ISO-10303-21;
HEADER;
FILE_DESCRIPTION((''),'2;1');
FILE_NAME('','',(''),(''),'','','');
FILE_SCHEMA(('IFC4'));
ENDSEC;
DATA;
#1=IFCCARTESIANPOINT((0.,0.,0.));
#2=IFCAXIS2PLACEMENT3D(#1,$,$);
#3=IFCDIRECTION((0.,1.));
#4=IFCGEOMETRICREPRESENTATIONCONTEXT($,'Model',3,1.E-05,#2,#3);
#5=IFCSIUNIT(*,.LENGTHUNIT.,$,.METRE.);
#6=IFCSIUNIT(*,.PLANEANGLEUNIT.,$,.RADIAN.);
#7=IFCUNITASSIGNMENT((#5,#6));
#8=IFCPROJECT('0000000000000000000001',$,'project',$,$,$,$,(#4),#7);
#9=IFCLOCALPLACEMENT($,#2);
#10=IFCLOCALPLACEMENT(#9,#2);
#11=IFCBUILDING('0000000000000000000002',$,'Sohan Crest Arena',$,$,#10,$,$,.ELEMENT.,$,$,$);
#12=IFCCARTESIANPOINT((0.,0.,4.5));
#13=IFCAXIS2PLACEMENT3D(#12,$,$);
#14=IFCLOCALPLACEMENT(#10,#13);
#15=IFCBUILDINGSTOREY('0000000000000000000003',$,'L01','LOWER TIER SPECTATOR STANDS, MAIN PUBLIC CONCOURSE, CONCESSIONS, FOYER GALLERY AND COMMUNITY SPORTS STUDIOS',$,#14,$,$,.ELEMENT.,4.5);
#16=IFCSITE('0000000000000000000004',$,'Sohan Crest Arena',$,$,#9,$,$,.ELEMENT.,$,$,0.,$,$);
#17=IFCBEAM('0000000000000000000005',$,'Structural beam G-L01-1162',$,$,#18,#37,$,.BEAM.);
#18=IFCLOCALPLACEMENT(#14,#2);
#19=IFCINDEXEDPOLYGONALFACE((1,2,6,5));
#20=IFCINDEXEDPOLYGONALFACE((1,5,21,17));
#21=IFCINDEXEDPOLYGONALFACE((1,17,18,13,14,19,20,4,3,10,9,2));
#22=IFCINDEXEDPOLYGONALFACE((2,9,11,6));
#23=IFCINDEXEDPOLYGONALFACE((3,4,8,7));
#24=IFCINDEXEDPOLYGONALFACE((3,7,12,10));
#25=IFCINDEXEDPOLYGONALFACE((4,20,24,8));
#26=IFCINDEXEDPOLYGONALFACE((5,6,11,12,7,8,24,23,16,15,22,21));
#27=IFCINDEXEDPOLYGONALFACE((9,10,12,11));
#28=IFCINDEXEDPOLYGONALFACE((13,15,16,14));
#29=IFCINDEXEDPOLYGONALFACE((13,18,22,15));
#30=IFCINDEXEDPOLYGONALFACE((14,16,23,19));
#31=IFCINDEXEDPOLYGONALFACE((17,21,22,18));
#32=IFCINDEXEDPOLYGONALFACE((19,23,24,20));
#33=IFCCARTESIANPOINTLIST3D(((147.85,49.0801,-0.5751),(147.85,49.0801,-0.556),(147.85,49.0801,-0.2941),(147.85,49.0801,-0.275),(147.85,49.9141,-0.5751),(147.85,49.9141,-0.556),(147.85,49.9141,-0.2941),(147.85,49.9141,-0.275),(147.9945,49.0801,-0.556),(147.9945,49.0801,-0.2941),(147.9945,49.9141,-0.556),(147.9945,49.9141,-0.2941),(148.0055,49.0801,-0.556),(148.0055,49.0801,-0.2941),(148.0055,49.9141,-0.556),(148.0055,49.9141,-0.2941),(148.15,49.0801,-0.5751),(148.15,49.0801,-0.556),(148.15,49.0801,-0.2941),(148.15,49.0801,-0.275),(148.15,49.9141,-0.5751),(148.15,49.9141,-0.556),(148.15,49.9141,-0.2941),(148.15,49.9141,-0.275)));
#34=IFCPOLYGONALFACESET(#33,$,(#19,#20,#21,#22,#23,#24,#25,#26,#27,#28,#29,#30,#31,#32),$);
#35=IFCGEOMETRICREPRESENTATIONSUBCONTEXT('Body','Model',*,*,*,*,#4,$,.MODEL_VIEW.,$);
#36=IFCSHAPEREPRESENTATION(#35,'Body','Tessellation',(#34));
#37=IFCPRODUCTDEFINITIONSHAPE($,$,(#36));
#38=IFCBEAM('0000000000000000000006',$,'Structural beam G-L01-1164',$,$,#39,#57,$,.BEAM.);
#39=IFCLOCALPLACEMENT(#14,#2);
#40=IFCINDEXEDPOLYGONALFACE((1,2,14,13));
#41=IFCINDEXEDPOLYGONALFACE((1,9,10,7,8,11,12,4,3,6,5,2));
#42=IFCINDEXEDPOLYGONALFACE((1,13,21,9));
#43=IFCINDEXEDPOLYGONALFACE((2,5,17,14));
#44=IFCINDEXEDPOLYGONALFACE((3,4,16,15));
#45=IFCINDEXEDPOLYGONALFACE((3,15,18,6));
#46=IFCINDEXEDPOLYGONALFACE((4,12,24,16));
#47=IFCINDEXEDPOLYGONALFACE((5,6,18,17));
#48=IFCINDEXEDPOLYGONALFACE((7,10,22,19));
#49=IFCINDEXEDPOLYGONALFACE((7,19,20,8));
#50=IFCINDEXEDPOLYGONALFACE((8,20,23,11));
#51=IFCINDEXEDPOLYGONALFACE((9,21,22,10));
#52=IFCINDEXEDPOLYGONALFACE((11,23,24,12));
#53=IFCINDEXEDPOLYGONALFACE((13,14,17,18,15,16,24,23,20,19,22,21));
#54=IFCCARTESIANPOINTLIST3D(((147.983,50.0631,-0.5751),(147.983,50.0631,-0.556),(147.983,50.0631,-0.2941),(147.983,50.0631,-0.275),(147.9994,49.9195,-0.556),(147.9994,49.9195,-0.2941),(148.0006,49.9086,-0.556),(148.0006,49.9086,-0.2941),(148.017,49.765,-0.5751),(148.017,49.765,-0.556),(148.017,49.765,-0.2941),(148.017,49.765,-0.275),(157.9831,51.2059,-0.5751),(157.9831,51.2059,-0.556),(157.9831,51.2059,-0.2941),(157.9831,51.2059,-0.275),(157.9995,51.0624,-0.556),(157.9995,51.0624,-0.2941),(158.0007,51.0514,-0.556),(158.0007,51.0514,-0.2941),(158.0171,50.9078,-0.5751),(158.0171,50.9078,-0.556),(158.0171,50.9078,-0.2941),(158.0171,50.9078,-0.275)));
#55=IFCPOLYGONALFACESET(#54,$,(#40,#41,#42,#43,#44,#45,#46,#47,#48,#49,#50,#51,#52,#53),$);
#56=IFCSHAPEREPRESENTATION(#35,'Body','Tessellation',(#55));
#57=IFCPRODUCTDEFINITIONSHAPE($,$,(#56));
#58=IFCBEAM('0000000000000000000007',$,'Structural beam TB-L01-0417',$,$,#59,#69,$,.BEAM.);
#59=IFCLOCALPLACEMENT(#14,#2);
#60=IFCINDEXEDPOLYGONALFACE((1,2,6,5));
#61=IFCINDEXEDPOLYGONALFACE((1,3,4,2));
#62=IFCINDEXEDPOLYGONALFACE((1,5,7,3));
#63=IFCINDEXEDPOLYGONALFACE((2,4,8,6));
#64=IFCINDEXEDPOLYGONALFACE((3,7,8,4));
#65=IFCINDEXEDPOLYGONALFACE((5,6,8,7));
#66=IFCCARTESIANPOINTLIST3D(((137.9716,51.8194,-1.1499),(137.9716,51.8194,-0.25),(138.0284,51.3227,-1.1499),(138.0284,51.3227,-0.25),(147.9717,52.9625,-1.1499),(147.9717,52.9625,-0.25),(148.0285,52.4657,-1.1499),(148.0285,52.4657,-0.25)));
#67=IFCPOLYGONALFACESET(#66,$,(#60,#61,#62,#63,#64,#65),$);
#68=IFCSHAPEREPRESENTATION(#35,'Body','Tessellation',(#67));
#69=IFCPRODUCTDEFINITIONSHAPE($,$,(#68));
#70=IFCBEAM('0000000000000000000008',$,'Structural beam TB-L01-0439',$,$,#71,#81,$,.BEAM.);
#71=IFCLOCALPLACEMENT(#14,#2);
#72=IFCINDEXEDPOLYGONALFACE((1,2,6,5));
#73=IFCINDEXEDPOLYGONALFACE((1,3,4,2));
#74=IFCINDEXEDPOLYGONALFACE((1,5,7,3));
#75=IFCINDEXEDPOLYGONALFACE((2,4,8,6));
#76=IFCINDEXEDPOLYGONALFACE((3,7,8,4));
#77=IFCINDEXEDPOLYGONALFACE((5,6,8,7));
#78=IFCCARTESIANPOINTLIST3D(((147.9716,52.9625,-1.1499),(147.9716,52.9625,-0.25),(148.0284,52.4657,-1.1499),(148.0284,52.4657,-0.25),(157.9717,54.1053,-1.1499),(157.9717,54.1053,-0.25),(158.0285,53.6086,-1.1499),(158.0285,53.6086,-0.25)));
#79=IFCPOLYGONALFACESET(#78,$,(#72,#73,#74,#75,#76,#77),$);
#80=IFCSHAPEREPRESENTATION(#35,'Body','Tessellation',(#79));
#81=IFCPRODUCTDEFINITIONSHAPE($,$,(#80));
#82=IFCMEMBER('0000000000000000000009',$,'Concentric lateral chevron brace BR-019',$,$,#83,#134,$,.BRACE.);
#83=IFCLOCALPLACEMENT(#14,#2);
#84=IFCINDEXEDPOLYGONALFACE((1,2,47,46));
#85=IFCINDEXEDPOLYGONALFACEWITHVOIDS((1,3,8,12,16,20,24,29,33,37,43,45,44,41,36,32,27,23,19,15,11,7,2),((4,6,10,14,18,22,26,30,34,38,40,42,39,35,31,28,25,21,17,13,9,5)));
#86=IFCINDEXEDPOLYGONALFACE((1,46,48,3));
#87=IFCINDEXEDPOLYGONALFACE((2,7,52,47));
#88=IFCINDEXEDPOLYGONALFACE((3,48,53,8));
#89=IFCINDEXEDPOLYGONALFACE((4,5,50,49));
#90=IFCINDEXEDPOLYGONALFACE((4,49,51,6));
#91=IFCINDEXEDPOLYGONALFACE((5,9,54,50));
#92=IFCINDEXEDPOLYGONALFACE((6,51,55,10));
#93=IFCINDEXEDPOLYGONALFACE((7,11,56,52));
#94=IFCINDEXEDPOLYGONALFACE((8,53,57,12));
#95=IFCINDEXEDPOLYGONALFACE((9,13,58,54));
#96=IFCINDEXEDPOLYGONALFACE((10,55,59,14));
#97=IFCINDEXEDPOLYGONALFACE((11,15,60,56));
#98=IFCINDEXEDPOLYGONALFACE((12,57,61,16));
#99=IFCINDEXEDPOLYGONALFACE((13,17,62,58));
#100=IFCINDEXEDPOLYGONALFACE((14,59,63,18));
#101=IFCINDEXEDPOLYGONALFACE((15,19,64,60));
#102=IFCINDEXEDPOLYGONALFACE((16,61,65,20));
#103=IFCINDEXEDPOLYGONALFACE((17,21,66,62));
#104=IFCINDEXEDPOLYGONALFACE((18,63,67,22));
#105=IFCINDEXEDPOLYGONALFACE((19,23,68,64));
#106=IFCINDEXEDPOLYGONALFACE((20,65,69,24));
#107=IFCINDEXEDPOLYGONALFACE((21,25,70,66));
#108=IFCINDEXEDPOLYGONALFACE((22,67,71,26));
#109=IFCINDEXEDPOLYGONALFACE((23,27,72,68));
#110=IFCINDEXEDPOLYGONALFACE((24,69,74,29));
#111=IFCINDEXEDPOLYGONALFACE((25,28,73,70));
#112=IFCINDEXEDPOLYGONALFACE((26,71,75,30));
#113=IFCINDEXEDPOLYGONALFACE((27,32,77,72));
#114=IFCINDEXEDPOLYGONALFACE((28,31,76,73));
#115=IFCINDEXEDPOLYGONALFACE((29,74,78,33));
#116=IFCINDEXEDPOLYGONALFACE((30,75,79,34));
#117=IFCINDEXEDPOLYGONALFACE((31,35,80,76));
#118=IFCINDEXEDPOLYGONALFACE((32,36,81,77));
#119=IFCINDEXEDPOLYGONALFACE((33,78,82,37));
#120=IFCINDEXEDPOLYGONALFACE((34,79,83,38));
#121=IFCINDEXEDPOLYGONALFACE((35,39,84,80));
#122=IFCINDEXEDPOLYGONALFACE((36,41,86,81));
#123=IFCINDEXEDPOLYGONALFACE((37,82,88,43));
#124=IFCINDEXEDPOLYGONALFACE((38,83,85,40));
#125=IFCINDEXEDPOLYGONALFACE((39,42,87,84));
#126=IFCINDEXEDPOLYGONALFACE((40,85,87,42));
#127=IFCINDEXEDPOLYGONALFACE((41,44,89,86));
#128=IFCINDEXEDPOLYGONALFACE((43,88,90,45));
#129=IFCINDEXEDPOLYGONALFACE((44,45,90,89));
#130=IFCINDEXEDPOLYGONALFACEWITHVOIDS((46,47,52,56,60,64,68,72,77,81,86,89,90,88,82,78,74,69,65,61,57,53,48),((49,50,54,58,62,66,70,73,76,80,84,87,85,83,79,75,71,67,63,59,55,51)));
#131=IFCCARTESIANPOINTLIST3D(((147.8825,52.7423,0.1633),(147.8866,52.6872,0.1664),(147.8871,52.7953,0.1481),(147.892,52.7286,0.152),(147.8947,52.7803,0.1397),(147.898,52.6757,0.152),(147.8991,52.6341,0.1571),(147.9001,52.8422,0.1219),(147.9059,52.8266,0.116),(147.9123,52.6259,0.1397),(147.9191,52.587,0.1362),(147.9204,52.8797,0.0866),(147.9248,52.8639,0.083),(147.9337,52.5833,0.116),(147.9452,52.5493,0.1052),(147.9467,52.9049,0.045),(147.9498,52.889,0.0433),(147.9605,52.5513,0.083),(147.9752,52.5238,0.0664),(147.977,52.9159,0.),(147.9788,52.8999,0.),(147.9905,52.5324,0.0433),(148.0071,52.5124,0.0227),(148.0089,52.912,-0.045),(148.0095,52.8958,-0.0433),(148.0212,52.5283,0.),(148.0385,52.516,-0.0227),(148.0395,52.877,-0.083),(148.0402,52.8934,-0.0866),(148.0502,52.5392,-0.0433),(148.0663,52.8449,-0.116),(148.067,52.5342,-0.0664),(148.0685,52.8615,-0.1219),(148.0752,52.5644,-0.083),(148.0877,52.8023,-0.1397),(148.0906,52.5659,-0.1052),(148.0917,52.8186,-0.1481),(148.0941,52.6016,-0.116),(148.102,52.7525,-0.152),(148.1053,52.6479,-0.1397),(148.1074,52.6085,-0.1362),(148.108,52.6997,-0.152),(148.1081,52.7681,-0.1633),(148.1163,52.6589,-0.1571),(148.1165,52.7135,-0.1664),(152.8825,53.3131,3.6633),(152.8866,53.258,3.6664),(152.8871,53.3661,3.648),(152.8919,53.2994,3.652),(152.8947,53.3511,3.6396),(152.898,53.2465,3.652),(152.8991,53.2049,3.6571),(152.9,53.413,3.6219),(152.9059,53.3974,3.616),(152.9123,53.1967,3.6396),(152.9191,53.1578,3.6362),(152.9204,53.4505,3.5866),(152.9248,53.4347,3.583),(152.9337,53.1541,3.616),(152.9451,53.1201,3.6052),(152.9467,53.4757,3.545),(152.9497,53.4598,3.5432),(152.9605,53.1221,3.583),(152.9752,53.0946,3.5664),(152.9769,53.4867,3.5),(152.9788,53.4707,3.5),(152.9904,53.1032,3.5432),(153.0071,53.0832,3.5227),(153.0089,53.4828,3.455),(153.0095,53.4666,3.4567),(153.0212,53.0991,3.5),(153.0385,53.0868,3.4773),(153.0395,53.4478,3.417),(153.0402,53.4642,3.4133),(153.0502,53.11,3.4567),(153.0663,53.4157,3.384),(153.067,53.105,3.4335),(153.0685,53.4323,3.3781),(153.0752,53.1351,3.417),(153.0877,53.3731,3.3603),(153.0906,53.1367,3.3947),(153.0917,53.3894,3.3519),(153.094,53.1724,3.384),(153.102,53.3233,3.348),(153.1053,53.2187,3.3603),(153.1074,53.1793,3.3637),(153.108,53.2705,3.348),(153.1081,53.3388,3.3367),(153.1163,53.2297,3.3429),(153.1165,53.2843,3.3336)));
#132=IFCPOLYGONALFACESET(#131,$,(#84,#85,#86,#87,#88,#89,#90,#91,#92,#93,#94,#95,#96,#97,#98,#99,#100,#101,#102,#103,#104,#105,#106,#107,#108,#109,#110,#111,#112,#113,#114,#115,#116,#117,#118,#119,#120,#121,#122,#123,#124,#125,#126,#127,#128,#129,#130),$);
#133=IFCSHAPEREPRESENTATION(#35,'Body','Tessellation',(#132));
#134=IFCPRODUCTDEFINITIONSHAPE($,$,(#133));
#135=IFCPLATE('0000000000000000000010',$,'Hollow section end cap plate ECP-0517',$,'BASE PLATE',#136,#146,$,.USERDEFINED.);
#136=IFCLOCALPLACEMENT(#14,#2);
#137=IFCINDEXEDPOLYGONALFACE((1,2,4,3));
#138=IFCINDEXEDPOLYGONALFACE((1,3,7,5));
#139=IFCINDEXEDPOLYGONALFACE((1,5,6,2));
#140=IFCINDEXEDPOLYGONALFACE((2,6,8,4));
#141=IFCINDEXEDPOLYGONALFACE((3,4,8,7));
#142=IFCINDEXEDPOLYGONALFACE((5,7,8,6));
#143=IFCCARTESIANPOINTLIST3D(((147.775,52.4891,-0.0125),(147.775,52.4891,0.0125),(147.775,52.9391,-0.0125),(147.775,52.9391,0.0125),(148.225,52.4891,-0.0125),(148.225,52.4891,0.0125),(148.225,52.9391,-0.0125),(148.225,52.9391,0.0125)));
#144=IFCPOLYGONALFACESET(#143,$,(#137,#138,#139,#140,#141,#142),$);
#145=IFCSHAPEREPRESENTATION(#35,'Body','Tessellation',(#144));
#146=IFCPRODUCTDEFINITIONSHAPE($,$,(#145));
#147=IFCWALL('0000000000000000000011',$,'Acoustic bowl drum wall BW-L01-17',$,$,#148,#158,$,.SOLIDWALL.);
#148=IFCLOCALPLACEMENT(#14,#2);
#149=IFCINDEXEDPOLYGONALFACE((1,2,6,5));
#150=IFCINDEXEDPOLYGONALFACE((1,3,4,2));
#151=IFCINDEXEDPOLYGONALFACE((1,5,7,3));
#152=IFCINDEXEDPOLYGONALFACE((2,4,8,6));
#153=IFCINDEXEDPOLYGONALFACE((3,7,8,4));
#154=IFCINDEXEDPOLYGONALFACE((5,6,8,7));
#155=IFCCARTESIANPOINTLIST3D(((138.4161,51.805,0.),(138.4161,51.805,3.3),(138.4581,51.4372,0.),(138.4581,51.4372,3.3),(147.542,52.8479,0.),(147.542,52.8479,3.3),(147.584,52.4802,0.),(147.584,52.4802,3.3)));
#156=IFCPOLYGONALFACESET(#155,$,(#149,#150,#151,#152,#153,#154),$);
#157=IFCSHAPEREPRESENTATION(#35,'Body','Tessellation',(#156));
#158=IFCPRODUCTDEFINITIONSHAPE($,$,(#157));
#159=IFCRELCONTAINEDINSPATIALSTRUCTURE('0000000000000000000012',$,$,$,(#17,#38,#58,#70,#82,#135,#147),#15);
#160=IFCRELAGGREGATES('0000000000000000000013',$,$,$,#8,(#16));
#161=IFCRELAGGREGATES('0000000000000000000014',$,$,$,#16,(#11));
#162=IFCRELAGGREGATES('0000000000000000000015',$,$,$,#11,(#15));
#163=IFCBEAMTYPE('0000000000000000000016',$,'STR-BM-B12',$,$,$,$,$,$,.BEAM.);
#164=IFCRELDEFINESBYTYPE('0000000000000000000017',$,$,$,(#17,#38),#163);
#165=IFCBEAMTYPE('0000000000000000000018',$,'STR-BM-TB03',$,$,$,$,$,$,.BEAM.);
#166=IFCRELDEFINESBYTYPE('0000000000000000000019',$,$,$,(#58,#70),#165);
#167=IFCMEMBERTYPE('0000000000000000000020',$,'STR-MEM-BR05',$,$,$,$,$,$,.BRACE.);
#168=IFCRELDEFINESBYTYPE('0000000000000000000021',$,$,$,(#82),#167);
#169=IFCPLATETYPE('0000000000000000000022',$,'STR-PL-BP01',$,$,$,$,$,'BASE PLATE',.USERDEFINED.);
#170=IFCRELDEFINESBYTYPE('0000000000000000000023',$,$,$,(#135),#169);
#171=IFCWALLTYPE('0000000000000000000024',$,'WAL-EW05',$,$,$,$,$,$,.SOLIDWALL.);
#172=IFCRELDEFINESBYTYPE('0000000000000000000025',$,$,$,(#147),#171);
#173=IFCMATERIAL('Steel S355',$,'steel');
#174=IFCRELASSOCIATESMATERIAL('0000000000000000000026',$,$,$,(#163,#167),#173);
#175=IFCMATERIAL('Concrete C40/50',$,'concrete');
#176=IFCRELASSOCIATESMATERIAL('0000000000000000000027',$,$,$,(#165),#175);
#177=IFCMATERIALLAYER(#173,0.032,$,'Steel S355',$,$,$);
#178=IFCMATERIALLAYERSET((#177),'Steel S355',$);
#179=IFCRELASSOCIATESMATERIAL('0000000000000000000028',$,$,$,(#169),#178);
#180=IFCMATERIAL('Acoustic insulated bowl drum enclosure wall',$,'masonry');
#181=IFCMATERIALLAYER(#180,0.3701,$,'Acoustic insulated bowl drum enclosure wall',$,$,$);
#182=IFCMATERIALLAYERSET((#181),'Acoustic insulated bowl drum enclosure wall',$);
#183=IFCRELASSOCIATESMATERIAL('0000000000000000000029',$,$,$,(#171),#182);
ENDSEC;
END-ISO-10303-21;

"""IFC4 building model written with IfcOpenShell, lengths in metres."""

from ifc_helpers import new_model, si_unit, direction, frame, frame_2d, origin, origin_2d, place, context, subcontext, project, spatial, rectangle, hollow_circle, i_section, extrude, material, layer, layer_set, material_profile, profile_set, type_object, element, save


model = new_model("IFC4")

# Units and contexts
model_context = context("Model", 3, precision=1e-05, world=origin(), true_north=direction((0.0, 1.0)))
body_context = subcontext(model_context, "Body", "Model", "MODEL_VIEW")
ifc_project = project(units=[si_unit("LENGTHUNIT", "METRE"), si_unit("PLANEANGLEUNIT", "RADIAN")], contexts=[model_context])

# Site, building, storey
site_placement = place(None, origin())
site = spatial("IfcSite", under=ifc_project, at=site_placement, Name="Sohan Crest Arena", CompositionType="ELEMENT", RefElevation=0.0)
building_placement = place(site_placement, origin())
building = spatial("IfcBuilding", under=site, at=building_placement, Name="Sohan Crest Arena", CompositionType="ELEMENT")
storey_placement = place(building_placement, frame((0.0, 0.0, 4.5)))
storey = spatial("IfcBuildingStorey", under=building, at=storey_placement, Name="L01", Description="LOWER TIER SPECTATOR STANDS, MAIN PUBLIC CONCOURSE, CONCESSIONS, FOYER GALLERY AND COMMUNITY SPORTS STUDIOS", CompositionType="ELEMENT", Elevation=4.5)

# Shared definitions
ifc_material_1 = material(Name="Concrete C40/50", Category="concrete")
ifc_material_2 = material(Name="Steel S355", Category="steel")

# Beams
ifc_material_profile_1 = material_profile(ifc_material_2, i_section(OverallWidth=0.3, OverallDepth=0.3, WebThickness=0.011, FlangeThickness=0.019, at=origin_2d()), Name="HEB 300")
ifc_profile_set_1 = profile_set([ifc_material_profile_1], Name="Steel S355")
beam_type_1 = type_object("IfcBeamType", Name="STR-BM-B12", PredefinedType="BEAM", material=ifc_profile_set_1)
beam_1_placement = place(storey_placement, frame((148.0, 49.9141, -0.425), z_axis=(0.0, -1.0, 0.0), x_axis=(1.0, 0.0, 0.0)))
element("IfcBeam", 1, at=beam_1_placement, inside=storey, type_object=beam_type_1, Name="Structural beam G-L01-1162", PredefinedType="BEAM", context=body_context, shape_type="SweptSolid", body=[
    extrude(i_section(OverallWidth=0.3, OverallDepth=0.3, WebThickness=0.011, FlangeThickness=0.019, at=origin_2d()), origin(), (0.0, 0.0, 1.0), 0.834),
])
beam_2_placement = place(storey_placement, frame((148.0, 49.9141, -0.425), z_axis=(0.993533, 0.113543, 0.0), x_axis=(-0.113543, 0.993533, 0.0)))
element("IfcBeam", 2, at=beam_2_placement, inside=storey, type_object=beam_type_1, Name="Structural beam G-L01-1164", PredefinedType="BEAM", context=body_context, shape_type="SweptSolid", body=[
    extrude(i_section(OverallWidth=0.3, OverallDepth=0.3, WebThickness=0.011, FlangeThickness=0.019, at=origin_2d()), origin(), (0.0, 0.0, 1.0), 10.0652),
])
ifc_material_profile_2 = material_profile(ifc_material_1, rectangle(XDim=0.5, YDim=0.8999, at=origin_2d()), Name="RC-BM 500x900")
ifc_profile_set_2 = profile_set([ifc_material_profile_2], Name="Concrete C40/50")
beam_type_2 = type_object("IfcBeamType", Name="STR-BM-TB03", PredefinedType="BEAM", material=ifc_profile_set_2)
for number, where, z_axis, x_axis, name in (
    (3, (138.0, 51.571, -0.7), (0.99353, 0.113567, 0.0), (-0.113567, 0.99353, 0.0), "Structural beam TB-L01-0417"),
    (4, (148.0, 52.7141, -0.7), (0.993533, 0.113543, 0.0), (-0.113543, 0.993533, 0.0), "Structural beam TB-L01-0439"),
):
    element("IfcBeam", number, at=place(storey_placement, frame(where, z_axis=z_axis, x_axis=x_axis)), inside=storey, type_object=beam_type_2, Name=name, PredefinedType="BEAM", context=body_context, shape_type="SweptSolid", body=[
        extrude(rectangle(XDim=0.5, YDim=0.8999, at=origin_2d()), origin(), (0.0, 0.0, 1.0), 10.0652),
    ])

# Member
ifc_material_profile_3 = material_profile(ifc_material_2, hollow_circle(Radius=0.2031, WallThickness=0.0161, at=origin_2d()), Name="CHS 406.4x16")
ifc_profile_set_3 = profile_set([ifc_material_profile_3], Name="Steel S355")
member_type = type_object("IfcMemberType", Name="STR-MEM-BR05", PredefinedType="BRACE", material=ifc_profile_set_3)
member_placement = place(storey_placement, frame((148.0, 52.7141, 0.0), z_axis=(0.815672, 0.093117, 0.570971), x_axis=(-0.113423, 0.993547, 0.0)))
element("IfcMember", 5, at=member_placement, inside=storey, type_object=member_type, Name="Concentric lateral chevron brace BR-019", PredefinedType="BRACE", context=body_context, shape_type="SweptSolid", body=[
    extrude(hollow_circle(Radius=0.2031, WallThickness=0.0161, at=origin_2d()), origin(), (0.0, 0.0, 1.0), 6.1299),
])

# Plate
ifc_layer_1 = layer(ifc_material_2, 0.032, Name="Steel S355")
ifc_layer_set_1 = layer_set([ifc_layer_1], Name="Steel S355")
plate_type = type_object("IfcPlateType", Name="STR-PL-BP01", ElementType="BASE PLATE", PredefinedType="USERDEFINED", material=ifc_layer_set_1)
plate_placement = place(storey_placement, frame((148.0, 52.7141, -0.0125), z_axis=(0.0, 0.0, 1.0), x_axis=(1.0, 0.0, 0.0)))
element("IfcPlate", 6, at=plate_placement, inside=storey, type_object=plate_type, Name="Hollow section end cap plate ECP-0517", ObjectType="BASE PLATE", PredefinedType="USERDEFINED", context=body_context, shape_type="SweptSolid", body=[
    extrude(rectangle(XDim=0.45, YDim=0.45, at=origin_2d()), origin(), (0.0, 0.0, 1.0), 0.0249),
])

# Wall
ifc_material_3 = material(Name="Acoustic insulated bowl drum enclosure wall", Category="masonry")
ifc_layer_2 = layer(ifc_material_3, 0.3701, Name="Acoustic insulated bowl drum enclosure wall")
ifc_layer_set_2 = layer_set([ifc_layer_2], Name="Acoustic insulated bowl drum enclosure wall")
wall_type_1 = type_object("IfcWallType", Name="WAL-EW05", PredefinedType="SOLIDWALL", material=ifc_layer_set_2)
wall_1_placement = place(storey_placement, frame((138.437, 51.6211, 0.0), z_axis=(0.0, 0.0, 1.0), x_axis=(0.993533, 0.113547, 0.0)))
element("IfcWall", 7, at=wall_1_placement, inside=storey, type_object=wall_type_1, Name="Acoustic bowl drum wall BW-L01-17", PredefinedType="SOLIDWALL", context=body_context, shape_type="SweptSolid", body=[
    extrude(rectangle(XDim=9.1853, YDim=0.3701, at=frame_2d((4.5928, 0.0))), origin(), (0.0, 0.0, 1.0), 3.3),
])

save(model, "model.ifc")
